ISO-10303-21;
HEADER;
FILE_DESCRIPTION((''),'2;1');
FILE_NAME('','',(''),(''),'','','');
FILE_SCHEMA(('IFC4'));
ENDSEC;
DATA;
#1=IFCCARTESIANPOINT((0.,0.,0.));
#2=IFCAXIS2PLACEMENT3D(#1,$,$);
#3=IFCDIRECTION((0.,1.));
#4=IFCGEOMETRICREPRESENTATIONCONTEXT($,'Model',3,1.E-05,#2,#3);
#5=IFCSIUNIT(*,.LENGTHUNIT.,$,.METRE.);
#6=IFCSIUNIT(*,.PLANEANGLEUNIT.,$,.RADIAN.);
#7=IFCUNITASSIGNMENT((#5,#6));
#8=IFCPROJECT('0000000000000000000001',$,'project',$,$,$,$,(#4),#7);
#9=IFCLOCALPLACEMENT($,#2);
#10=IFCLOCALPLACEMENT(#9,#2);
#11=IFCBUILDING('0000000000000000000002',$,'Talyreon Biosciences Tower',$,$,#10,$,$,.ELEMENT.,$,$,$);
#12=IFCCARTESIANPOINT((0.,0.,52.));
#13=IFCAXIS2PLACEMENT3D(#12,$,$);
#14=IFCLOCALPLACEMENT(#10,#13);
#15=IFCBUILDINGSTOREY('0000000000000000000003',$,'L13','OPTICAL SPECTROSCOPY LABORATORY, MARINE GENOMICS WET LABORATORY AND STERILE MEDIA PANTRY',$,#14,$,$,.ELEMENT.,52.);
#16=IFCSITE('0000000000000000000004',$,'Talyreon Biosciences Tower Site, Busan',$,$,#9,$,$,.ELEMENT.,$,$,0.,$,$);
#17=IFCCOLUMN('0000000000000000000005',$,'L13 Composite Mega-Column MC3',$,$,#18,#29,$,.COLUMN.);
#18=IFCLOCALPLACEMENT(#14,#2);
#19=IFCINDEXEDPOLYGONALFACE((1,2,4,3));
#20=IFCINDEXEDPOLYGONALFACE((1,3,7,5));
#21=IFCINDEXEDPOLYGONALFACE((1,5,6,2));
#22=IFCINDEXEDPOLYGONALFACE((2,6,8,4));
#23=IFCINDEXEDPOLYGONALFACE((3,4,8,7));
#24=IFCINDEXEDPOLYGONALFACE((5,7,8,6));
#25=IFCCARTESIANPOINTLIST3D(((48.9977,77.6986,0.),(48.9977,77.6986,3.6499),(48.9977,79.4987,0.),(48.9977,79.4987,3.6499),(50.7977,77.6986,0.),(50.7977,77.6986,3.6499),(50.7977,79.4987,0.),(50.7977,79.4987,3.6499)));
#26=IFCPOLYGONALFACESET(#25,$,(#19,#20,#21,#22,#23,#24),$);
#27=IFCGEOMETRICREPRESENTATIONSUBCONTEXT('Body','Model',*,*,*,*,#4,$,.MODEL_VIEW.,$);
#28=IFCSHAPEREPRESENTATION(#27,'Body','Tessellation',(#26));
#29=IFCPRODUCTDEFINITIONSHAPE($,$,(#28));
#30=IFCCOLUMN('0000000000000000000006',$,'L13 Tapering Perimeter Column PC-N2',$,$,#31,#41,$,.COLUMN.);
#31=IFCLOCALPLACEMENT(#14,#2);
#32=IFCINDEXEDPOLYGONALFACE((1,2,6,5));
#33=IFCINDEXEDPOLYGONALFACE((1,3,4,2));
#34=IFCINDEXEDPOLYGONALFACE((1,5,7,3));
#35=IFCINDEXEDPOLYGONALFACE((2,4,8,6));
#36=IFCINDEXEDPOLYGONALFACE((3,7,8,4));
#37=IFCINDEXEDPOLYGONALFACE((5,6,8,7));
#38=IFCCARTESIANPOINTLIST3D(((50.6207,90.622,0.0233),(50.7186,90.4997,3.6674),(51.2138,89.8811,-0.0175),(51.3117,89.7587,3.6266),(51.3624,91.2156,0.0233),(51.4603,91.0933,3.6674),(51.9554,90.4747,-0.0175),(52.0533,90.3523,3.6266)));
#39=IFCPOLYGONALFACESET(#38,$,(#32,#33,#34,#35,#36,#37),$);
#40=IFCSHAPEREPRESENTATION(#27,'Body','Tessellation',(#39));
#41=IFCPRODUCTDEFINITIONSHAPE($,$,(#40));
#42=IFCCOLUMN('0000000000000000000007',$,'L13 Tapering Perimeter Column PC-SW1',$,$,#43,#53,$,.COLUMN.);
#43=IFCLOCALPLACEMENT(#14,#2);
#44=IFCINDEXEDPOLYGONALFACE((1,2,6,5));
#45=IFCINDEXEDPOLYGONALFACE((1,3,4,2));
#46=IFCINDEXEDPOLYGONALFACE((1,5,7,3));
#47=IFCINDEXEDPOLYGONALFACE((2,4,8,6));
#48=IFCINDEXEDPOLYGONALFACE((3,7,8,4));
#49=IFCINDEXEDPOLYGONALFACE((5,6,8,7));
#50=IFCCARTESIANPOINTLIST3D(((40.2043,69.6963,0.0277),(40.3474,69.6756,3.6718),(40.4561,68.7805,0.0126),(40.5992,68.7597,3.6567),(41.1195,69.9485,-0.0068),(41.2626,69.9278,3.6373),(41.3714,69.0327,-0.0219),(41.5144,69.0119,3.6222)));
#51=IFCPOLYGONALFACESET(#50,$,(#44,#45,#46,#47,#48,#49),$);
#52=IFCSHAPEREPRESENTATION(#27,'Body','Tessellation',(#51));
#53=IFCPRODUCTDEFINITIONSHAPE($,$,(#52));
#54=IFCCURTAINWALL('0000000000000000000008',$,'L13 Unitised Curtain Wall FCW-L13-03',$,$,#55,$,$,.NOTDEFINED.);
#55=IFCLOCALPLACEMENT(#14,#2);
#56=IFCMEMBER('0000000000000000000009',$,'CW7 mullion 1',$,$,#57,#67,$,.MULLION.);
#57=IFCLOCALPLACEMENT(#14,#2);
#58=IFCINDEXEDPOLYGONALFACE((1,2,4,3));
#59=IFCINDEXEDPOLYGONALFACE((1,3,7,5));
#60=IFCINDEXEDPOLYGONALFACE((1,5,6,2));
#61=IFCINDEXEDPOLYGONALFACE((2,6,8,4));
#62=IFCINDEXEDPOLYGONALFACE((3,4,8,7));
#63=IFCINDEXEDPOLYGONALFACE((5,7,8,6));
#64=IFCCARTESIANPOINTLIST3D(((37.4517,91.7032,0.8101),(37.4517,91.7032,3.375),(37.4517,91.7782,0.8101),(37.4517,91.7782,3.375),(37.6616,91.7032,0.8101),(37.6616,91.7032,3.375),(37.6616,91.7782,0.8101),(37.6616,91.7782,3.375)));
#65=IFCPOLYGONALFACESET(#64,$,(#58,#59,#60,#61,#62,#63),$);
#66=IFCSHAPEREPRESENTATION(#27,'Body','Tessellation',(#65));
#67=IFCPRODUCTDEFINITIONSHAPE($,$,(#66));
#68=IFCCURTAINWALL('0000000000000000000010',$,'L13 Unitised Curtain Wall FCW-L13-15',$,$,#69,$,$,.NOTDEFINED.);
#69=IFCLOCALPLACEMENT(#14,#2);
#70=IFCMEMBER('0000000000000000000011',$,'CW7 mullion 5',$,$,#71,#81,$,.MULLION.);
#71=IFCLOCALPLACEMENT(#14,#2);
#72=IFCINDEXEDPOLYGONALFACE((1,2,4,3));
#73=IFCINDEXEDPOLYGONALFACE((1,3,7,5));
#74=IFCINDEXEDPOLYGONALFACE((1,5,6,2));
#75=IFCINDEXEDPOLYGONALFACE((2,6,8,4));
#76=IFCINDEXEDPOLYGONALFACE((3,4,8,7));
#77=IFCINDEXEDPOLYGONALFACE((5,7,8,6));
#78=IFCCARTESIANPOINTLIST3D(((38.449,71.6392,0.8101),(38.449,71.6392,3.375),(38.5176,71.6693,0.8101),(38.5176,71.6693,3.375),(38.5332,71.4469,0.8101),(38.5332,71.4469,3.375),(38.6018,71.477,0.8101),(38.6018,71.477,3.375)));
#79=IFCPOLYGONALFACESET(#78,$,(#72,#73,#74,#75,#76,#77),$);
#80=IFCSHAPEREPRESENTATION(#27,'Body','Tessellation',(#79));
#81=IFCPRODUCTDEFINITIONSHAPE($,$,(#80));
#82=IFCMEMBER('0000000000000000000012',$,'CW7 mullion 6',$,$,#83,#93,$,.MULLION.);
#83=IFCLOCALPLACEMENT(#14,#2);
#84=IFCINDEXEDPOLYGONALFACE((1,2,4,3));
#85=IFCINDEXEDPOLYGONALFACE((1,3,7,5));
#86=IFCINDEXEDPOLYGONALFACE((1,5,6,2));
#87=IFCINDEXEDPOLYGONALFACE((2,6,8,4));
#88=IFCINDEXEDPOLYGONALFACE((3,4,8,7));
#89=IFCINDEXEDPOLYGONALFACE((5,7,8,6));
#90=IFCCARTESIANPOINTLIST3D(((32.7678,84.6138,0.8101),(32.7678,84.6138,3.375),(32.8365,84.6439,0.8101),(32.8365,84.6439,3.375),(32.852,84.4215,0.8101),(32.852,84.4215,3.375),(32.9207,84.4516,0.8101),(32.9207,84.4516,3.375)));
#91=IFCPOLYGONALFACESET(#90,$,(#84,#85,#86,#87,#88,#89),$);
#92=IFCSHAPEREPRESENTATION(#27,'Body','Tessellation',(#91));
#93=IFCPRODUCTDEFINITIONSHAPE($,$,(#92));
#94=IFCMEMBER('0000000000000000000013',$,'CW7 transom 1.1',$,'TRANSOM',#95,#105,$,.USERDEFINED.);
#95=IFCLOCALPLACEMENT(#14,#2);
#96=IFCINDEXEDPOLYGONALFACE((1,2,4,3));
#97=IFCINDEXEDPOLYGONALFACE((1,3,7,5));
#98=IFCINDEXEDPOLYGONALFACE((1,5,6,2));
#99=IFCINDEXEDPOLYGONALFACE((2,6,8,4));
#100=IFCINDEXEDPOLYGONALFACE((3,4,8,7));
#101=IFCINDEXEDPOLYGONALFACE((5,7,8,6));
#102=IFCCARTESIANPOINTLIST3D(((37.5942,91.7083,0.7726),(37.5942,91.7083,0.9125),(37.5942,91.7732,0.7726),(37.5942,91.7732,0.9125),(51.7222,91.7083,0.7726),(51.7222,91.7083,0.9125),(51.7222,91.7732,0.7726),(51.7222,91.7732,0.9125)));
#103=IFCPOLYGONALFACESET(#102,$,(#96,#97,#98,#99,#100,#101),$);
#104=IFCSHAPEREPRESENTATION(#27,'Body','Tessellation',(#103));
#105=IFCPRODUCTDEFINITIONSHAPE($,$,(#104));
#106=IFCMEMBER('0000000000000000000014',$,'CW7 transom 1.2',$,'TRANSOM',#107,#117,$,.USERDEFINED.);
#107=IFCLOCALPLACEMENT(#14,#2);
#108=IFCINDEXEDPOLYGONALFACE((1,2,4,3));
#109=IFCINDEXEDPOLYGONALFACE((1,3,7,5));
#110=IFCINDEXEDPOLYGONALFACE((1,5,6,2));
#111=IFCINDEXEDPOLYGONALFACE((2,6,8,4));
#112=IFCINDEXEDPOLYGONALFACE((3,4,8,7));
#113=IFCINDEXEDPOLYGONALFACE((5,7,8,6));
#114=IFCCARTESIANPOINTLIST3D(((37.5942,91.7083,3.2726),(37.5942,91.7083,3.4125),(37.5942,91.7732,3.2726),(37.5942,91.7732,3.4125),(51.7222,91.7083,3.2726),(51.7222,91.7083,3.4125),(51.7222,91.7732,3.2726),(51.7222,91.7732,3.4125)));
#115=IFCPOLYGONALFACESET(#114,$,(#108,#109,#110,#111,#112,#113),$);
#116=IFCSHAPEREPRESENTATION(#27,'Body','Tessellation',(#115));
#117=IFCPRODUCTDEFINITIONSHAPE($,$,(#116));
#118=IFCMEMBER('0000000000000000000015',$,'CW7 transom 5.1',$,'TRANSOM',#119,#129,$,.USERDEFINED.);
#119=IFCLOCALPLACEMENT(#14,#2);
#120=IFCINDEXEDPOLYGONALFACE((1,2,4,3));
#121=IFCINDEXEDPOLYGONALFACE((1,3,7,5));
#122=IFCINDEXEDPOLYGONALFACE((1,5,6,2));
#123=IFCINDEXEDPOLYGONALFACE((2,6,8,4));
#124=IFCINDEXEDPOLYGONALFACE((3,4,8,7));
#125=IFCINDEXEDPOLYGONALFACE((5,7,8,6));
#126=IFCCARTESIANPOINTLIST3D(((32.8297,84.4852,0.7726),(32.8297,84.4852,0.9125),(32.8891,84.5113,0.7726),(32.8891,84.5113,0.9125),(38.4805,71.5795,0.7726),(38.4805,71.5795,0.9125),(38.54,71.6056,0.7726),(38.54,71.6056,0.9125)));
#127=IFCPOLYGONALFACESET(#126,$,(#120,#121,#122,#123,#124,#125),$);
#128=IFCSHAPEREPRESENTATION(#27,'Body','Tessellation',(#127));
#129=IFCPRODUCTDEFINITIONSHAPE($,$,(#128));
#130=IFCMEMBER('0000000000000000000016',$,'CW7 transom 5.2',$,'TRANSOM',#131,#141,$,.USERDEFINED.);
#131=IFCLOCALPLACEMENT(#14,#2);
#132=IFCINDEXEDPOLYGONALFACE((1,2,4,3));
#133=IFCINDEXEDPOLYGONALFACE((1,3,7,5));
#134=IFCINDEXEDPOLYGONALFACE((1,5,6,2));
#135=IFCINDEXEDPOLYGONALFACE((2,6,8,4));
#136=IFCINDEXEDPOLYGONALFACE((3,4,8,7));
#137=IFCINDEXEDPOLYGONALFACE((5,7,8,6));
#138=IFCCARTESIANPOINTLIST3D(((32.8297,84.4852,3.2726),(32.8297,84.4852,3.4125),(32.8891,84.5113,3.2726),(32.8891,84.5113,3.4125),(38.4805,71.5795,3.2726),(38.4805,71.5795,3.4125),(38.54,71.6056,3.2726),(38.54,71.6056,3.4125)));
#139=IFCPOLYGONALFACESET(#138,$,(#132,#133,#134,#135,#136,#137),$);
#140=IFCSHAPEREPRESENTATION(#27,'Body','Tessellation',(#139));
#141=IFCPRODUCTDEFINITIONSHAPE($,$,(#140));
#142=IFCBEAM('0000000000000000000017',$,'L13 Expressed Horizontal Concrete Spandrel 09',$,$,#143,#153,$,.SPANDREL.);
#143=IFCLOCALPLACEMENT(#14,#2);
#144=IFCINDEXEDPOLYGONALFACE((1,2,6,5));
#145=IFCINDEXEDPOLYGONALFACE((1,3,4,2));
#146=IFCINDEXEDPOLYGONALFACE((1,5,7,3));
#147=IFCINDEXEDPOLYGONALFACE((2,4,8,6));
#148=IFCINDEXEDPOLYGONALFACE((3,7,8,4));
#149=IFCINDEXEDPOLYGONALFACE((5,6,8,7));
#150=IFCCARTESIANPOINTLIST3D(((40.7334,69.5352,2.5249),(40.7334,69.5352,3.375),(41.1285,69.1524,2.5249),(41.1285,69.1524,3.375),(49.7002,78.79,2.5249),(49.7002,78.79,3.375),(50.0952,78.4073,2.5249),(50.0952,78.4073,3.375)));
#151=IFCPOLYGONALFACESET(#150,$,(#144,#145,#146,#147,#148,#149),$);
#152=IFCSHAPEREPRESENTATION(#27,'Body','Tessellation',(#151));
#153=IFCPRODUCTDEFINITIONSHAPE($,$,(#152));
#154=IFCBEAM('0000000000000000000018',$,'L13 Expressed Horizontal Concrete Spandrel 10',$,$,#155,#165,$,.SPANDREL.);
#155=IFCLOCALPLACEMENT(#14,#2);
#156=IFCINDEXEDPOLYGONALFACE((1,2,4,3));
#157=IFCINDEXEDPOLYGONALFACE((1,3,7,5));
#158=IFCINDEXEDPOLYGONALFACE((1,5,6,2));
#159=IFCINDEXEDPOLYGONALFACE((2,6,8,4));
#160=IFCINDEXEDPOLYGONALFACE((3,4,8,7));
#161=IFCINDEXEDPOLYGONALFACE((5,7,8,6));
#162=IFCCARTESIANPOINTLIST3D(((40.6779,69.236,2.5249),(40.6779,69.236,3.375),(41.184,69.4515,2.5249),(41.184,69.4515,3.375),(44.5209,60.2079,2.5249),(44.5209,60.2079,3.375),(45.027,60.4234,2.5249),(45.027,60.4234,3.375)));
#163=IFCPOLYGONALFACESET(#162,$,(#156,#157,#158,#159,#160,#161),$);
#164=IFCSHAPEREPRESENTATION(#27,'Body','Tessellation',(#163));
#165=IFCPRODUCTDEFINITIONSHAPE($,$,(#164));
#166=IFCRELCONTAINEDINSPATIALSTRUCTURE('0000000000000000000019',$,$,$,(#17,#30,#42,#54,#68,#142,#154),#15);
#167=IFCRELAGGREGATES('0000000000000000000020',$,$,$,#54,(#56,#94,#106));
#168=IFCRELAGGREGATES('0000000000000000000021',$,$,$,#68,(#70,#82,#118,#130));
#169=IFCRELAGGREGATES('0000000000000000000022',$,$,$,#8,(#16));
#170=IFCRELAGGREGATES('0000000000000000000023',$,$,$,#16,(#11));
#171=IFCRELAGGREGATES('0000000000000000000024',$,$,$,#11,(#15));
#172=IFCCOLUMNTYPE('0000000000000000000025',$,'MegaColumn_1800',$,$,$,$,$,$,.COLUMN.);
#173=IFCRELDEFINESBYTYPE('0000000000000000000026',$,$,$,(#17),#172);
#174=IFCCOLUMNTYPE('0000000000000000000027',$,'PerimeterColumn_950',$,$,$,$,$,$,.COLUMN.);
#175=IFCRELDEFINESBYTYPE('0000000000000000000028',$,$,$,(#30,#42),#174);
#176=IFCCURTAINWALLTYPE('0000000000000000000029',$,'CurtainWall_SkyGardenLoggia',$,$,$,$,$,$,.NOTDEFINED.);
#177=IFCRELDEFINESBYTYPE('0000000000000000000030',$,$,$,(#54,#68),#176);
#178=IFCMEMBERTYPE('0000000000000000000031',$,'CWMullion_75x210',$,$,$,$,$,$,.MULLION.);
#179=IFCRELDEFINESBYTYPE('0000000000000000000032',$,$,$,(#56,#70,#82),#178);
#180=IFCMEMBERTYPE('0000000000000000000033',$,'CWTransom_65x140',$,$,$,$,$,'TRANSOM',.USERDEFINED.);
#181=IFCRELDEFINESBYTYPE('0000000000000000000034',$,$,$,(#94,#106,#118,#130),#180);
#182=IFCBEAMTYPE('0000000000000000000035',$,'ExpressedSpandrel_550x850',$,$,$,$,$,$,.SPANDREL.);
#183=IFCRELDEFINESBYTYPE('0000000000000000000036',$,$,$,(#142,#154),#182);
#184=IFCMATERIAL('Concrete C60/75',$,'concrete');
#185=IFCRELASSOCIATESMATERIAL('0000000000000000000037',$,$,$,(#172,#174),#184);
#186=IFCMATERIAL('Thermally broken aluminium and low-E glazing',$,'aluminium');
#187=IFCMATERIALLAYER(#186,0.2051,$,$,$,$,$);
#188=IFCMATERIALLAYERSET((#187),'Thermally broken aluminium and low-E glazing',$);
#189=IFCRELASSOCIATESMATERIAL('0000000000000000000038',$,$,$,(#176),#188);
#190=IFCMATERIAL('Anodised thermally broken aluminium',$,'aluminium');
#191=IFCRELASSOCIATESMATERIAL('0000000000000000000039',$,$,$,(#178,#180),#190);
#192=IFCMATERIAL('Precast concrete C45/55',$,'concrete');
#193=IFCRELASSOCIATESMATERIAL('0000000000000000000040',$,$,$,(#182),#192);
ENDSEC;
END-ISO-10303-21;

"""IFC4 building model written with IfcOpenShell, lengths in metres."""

from ifc_helpers import new_model, si_unit, direction, frame, origin, origin_2d, place, context, subcontext, project, spatial, rectangle, extrude, material, layer, layer_set, material_profile, profile_set, type_object, element, aggregate, save


model = new_model("IFC4")

# Units and contexts
model_context = context("Model", 3, precision=1e-05, world=origin(), true_north=direction((0.0, 1.0)))
body_context = subcontext(model_context, "Body", "Model", "MODEL_VIEW")
ifc_project = project(units=[si_unit("LENGTHUNIT", "METRE"), si_unit("PLANEANGLEUNIT", "RADIAN")], contexts=[model_context])

# Site, building, storey
site_placement = place(None, origin())
site = spatial("IfcSite", under=ifc_project, at=site_placement, Name="Talyreon Biosciences Tower Site, Busan", CompositionType="ELEMENT", RefElevation=0.0)
building_placement = place(site_placement, origin())
building = spatial("IfcBuilding", under=site, at=building_placement, Name="Talyreon Biosciences Tower", CompositionType="ELEMENT")
storey_placement = place(building_placement, frame((0.0, 0.0, 52.0)))
storey = spatial("IfcBuildingStorey", under=building, at=storey_placement, Name="L13", Description="OPTICAL SPECTROSCOPY LABORATORY, MARINE GENOMICS WET LABORATORY AND STERILE MEDIA PANTRY", CompositionType="ELEMENT", Elevation=52.0)

# Columns
ifc_material_1 = material(Name="Concrete C60/75", Category="concrete")
ifc_material_profile_1 = material_profile(ifc_material_1, rectangle(XDim=1.8, YDim=1.8, at=origin_2d()), Name="RC 1800x1800")
ifc_profile_set_1 = profile_set([ifc_material_profile_1], Name="Concrete C60/75")
column_type_1 = type_object("IfcColumnType", Name="MegaColumn_1800", PredefinedType="COLUMN", material=ifc_profile_set_1)
column_1_placement = place(storey_placement, frame((49.8977, 78.5986, 0.0), z_axis=(0.0, 0.0, 1.0), x_axis=(1.0, 0.0, 0.0)))
element("IfcColumn", 1, at=column_1_placement, inside=storey, type_object=column_type_1, Name="L13 Composite Mega-Column MC3", PredefinedType="COLUMN", context=body_context, shape_type="SweptSolid", body=[
    extrude(rectangle(XDim=1.8, YDim=1.8, at=origin_2d()), origin(), (0.0, 0.0, 1.0), 3.6499),
])
ifc_material_profile_2 = material_profile(ifc_material_1, rectangle(XDim=0.95, YDim=0.95, at=origin_2d()), Name="RC 950x950")
ifc_profile_set_2 = profile_set([ifc_material_profile_2], Name="Concrete C60/75")
column_type_2 = type_object("IfcColumnType", Name="PerimeterColumn_950", PredefinedType="COLUMN", material=ifc_profile_set_2)
column_2_placement = place(storey_placement, frame((51.2881, 90.5483, 0.0029), z_axis=(0.026841, -0.033535, 0.999077), x_axis=(-0.780717, -0.624885, 0.0)))
element("IfcColumn", 2, at=column_2_placement, inside=storey, type_object=column_type_2, Name="L13 Tapering Perimeter Column PC-N2", PredefinedType="COLUMN", context=body_context, shape_type="SweptSolid", body=[
    extrude(rectangle(XDim=0.95, YDim=0.95, at=origin_2d()), origin(), (0.0, 0.0, 1.0), 3.6475),
])
column_3_placement = place(storey_placement, frame((40.7878, 69.3645, 0.0029), z_axis=(0.039229, -0.00569, 0.999214), x_axis=(0.963426, 0.265504, -0.036312)))
element("IfcColumn", 3, at=column_3_placement, inside=storey, type_object=column_type_2, Name="L13 Tapering Perimeter Column PC-SW1", PredefinedType="COLUMN", context=body_context, shape_type="SweptSolid", body=[
    extrude(rectangle(XDim=0.95, YDim=0.95, at=origin_2d()), origin(), (0.0, 0.0, 1.0), 3.647),
])

# Curtain wall, member
ifc_material_2 = material(Name="Thermally broken aluminium and low-E glazing", Category="aluminium")
ifc_layer_1 = layer(ifc_material_2, 0.2051)
ifc_layer_set_1 = layer_set([ifc_layer_1], Name="Thermally broken aluminium and low-E glazing")
curtain_wall_type = type_object("IfcCurtainWallType", Name="CurtainWall_SkyGardenLoggia", PredefinedType="NOTDEFINED", material=ifc_layer_set_1)
curtain_wall_1_placement = place(storey_placement, origin())
curtain_wall_1 = element("IfcCurtainWall", 4, at=curtain_wall_1_placement, inside=storey, type_object=curtain_wall_type, Name="L13 Unitised Curtain Wall FCW-L13-03", PredefinedType="NOTDEFINED")
ifc_material_3 = material(Name="Anodised thermally broken aluminium", Category="aluminium")
ifc_material_profile_3 = material_profile(ifc_material_3, rectangle(XDim=0.075, YDim=0.21, at=origin_2d()), Name="ALUM MULLION 75x210")
ifc_profile_set_3 = profile_set([ifc_material_profile_3], Name="Anodised thermally broken aluminium")
member_type_1 = type_object("IfcMemberType", Name="CWMullion_75x210", PredefinedType="MULLION", material=ifc_profile_set_3)
member_1_placement = place(storey_placement, frame((37.5566, 91.7407, 0.8101), z_axis=(0.0, 0.0, 1.0), x_axis=(0.0, 1.0, 0.0)))
member_1 = element("IfcMember", 5, at=member_1_placement, type_object=member_type_1, Name="CW7 mullion 1", PredefinedType="MULLION", context=body_context, shape_type="SweptSolid", body=[
    extrude(rectangle(XDim=0.075, YDim=0.21, at=origin_2d()), origin(), (0.0, 0.0, 1.0), 2.5649),
])

# Curtain wall, members
curtain_wall_2_placement = place(storey_placement, origin())
curtain_wall_2 = element("IfcCurtainWall", 6, at=curtain_wall_2_placement, inside=storey, type_object=curtain_wall_type, Name="L13 Unitised Curtain Wall FCW-L13-15", PredefinedType="NOTDEFINED")
member_2_placement = place(storey_placement, frame((38.5254, 71.5581, 0.8101), z_axis=(0.0, 0.0, 1.0), x_axis=(-0.916035, -0.401097, 0.0)))
member_2 = element("IfcMember", 7, at=member_2_placement, type_object=member_type_1, Name="CW7 mullion 5", PredefinedType="MULLION", context=body_context, shape_type="SweptSolid", body=[
    extrude(rectangle(XDim=0.075, YDim=0.21, at=origin_2d()), origin(), (0.0, 0.0, 1.0), 2.5649),
])
member_3_placement = place(storey_placement, frame((32.8442, 84.5327, 0.8101), z_axis=(0.0, 0.0, 1.0), x_axis=(-0.916035, -0.401097, 0.0)))
member_3 = element("IfcMember", 8, at=member_3_placement, type_object=member_type_1, Name="CW7 mullion 6", PredefinedType="MULLION", context=body_context, shape_type="SweptSolid", body=[
    extrude(rectangle(XDim=0.075, YDim=0.21, at=origin_2d()), origin(), (0.0, 0.0, 1.0), 2.5649),
])

# Members
ifc_material_profile_4 = material_profile(ifc_material_3, rectangle(XDim=0.0649, YDim=0.1399, at=origin_2d()), Name="ALUM TRANSOM 65x140")
ifc_profile_set_4 = profile_set([ifc_material_profile_4], Name="Anodised thermally broken aluminium")
member_type_2 = type_object("IfcMemberType", Name="CWTransom_65x140", ElementType="TRANSOM", PredefinedType="USERDEFINED", material=ifc_profile_set_4)
member_4_placement = place(storey_placement, frame((37.5942, 91.7407, 0.8425), z_axis=(1.0, 0.0, 0.0), x_axis=(0.0, 1.0, 0.0)))
member_4 = element("IfcMember", 9, at=member_4_placement, type_object=member_type_2, Name="CW7 transom 1.1", ObjectType="TRANSOM", PredefinedType="USERDEFINED", context=body_context, shape_type="SweptSolid", body=[
    extrude(rectangle(XDim=0.0649, YDim=0.1399, at=origin_2d()), origin(), (0.0, 0.0, 1.0), 14.1279),
])
member_5_placement = place(storey_placement, frame((37.5942, 91.7407, 3.3425), z_axis=(1.0, 0.0, 0.0), x_axis=(0.0, 1.0, 0.0)))
member_5 = element("IfcMember", 10, at=member_5_placement, type_object=member_type_2, Name="CW7 transom 1.2", ObjectType="TRANSOM", PredefinedType="USERDEFINED", context=body_context, shape_type="SweptSolid", body=[
    extrude(rectangle(XDim=0.0649, YDim=0.1399, at=origin_2d()), origin(), (0.0, 0.0, 1.0), 14.1279),
])
member_6_placement = place(storey_placement, frame((38.5103, 71.5925, 0.8425), z_axis=(-0.401093, 0.916037, 0.0), x_axis=(-0.916037, -0.401093, 0.0)))
member_6 = element("IfcMember", 11, at=member_6_placement, type_object=member_type_2, Name="CW7 transom 5.1", ObjectType="TRANSOM", PredefinedType="USERDEFINED", context=body_context, shape_type="SweptSolid", body=[
    extrude(rectangle(XDim=0.0649, YDim=0.1399, at=origin_2d()), origin(), (0.0, 0.0, 1.0), 14.0886),
])
member_7_placement = place(storey_placement, frame((38.5103, 71.5925, 3.3425), z_axis=(-0.401093, 0.916037, 0.0), x_axis=(-0.916037, -0.401093, 0.0)))
member_7 = element("IfcMember", 12, at=member_7_placement, type_object=member_type_2, Name="CW7 transom 5.2", ObjectType="TRANSOM", PredefinedType="USERDEFINED", context=body_context, shape_type="SweptSolid", body=[
    extrude(rectangle(XDim=0.0649, YDim=0.1399, at=origin_2d()), origin(), (0.0, 0.0, 1.0), 14.0886),
])

# Beams
ifc_material_4 = material(Name="Precast concrete C45/55", Category="concrete")
ifc_material_profile_5 = material_profile(ifc_material_4, rectangle(XDim=0.55, YDim=0.8501, at=origin_2d()), Name="RCB 550x850")
ifc_profile_set_5 = profile_set([ifc_material_profile_5], Name="Precast concrete C45/55")
beam_type_1 = type_object("IfcBeamType", Name="ExpressedSpandrel_550x850", PredefinedType="SPANDREL", material=ifc_profile_set_5)
beam_1_placement = place(storey_placement, frame((49.8977, 78.5986, 2.95), z_axis=(-0.69584, -0.718196, 0.0), x_axis=(0.718196, -0.69584, 0.0)))
element("IfcBeam", 13, at=beam_1_placement, inside=storey, type_object=beam_type_1, Name="L13 Expressed Horizontal Concrete Spandrel 09", PredefinedType="SPANDREL", context=body_context, shape_type="SweptSolid", body=[
    extrude(rectangle(XDim=0.55, YDim=0.8501, at=origin_2d()), origin(), (0.0, 0.0, 1.0), 12.8862),
])
beam_2_placement = place(storey_placement, frame((40.9309, 69.3438, 2.95), z_axis=(0.391666, -0.920108, 0.0), x_axis=(0.920108, 0.391666, 0.0)))
element("IfcBeam", 14, at=beam_2_placement, inside=storey, type_object=beam_type_1, Name="L13 Expressed Horizontal Concrete Spandrel 10", PredefinedType="SPANDREL", context=body_context, shape_type="SweptSolid", body=[
    extrude(rectangle(XDim=0.55, YDim=0.8501, at=origin_2d()), origin(), (0.0, 0.0, 1.0), 9.812),
])

aggregate(curtain_wall_1, [member_1, member_4, member_5])
aggregate(curtain_wall_2, [member_2, member_3, member_6, member_7])

save(model, "model.ifc")
